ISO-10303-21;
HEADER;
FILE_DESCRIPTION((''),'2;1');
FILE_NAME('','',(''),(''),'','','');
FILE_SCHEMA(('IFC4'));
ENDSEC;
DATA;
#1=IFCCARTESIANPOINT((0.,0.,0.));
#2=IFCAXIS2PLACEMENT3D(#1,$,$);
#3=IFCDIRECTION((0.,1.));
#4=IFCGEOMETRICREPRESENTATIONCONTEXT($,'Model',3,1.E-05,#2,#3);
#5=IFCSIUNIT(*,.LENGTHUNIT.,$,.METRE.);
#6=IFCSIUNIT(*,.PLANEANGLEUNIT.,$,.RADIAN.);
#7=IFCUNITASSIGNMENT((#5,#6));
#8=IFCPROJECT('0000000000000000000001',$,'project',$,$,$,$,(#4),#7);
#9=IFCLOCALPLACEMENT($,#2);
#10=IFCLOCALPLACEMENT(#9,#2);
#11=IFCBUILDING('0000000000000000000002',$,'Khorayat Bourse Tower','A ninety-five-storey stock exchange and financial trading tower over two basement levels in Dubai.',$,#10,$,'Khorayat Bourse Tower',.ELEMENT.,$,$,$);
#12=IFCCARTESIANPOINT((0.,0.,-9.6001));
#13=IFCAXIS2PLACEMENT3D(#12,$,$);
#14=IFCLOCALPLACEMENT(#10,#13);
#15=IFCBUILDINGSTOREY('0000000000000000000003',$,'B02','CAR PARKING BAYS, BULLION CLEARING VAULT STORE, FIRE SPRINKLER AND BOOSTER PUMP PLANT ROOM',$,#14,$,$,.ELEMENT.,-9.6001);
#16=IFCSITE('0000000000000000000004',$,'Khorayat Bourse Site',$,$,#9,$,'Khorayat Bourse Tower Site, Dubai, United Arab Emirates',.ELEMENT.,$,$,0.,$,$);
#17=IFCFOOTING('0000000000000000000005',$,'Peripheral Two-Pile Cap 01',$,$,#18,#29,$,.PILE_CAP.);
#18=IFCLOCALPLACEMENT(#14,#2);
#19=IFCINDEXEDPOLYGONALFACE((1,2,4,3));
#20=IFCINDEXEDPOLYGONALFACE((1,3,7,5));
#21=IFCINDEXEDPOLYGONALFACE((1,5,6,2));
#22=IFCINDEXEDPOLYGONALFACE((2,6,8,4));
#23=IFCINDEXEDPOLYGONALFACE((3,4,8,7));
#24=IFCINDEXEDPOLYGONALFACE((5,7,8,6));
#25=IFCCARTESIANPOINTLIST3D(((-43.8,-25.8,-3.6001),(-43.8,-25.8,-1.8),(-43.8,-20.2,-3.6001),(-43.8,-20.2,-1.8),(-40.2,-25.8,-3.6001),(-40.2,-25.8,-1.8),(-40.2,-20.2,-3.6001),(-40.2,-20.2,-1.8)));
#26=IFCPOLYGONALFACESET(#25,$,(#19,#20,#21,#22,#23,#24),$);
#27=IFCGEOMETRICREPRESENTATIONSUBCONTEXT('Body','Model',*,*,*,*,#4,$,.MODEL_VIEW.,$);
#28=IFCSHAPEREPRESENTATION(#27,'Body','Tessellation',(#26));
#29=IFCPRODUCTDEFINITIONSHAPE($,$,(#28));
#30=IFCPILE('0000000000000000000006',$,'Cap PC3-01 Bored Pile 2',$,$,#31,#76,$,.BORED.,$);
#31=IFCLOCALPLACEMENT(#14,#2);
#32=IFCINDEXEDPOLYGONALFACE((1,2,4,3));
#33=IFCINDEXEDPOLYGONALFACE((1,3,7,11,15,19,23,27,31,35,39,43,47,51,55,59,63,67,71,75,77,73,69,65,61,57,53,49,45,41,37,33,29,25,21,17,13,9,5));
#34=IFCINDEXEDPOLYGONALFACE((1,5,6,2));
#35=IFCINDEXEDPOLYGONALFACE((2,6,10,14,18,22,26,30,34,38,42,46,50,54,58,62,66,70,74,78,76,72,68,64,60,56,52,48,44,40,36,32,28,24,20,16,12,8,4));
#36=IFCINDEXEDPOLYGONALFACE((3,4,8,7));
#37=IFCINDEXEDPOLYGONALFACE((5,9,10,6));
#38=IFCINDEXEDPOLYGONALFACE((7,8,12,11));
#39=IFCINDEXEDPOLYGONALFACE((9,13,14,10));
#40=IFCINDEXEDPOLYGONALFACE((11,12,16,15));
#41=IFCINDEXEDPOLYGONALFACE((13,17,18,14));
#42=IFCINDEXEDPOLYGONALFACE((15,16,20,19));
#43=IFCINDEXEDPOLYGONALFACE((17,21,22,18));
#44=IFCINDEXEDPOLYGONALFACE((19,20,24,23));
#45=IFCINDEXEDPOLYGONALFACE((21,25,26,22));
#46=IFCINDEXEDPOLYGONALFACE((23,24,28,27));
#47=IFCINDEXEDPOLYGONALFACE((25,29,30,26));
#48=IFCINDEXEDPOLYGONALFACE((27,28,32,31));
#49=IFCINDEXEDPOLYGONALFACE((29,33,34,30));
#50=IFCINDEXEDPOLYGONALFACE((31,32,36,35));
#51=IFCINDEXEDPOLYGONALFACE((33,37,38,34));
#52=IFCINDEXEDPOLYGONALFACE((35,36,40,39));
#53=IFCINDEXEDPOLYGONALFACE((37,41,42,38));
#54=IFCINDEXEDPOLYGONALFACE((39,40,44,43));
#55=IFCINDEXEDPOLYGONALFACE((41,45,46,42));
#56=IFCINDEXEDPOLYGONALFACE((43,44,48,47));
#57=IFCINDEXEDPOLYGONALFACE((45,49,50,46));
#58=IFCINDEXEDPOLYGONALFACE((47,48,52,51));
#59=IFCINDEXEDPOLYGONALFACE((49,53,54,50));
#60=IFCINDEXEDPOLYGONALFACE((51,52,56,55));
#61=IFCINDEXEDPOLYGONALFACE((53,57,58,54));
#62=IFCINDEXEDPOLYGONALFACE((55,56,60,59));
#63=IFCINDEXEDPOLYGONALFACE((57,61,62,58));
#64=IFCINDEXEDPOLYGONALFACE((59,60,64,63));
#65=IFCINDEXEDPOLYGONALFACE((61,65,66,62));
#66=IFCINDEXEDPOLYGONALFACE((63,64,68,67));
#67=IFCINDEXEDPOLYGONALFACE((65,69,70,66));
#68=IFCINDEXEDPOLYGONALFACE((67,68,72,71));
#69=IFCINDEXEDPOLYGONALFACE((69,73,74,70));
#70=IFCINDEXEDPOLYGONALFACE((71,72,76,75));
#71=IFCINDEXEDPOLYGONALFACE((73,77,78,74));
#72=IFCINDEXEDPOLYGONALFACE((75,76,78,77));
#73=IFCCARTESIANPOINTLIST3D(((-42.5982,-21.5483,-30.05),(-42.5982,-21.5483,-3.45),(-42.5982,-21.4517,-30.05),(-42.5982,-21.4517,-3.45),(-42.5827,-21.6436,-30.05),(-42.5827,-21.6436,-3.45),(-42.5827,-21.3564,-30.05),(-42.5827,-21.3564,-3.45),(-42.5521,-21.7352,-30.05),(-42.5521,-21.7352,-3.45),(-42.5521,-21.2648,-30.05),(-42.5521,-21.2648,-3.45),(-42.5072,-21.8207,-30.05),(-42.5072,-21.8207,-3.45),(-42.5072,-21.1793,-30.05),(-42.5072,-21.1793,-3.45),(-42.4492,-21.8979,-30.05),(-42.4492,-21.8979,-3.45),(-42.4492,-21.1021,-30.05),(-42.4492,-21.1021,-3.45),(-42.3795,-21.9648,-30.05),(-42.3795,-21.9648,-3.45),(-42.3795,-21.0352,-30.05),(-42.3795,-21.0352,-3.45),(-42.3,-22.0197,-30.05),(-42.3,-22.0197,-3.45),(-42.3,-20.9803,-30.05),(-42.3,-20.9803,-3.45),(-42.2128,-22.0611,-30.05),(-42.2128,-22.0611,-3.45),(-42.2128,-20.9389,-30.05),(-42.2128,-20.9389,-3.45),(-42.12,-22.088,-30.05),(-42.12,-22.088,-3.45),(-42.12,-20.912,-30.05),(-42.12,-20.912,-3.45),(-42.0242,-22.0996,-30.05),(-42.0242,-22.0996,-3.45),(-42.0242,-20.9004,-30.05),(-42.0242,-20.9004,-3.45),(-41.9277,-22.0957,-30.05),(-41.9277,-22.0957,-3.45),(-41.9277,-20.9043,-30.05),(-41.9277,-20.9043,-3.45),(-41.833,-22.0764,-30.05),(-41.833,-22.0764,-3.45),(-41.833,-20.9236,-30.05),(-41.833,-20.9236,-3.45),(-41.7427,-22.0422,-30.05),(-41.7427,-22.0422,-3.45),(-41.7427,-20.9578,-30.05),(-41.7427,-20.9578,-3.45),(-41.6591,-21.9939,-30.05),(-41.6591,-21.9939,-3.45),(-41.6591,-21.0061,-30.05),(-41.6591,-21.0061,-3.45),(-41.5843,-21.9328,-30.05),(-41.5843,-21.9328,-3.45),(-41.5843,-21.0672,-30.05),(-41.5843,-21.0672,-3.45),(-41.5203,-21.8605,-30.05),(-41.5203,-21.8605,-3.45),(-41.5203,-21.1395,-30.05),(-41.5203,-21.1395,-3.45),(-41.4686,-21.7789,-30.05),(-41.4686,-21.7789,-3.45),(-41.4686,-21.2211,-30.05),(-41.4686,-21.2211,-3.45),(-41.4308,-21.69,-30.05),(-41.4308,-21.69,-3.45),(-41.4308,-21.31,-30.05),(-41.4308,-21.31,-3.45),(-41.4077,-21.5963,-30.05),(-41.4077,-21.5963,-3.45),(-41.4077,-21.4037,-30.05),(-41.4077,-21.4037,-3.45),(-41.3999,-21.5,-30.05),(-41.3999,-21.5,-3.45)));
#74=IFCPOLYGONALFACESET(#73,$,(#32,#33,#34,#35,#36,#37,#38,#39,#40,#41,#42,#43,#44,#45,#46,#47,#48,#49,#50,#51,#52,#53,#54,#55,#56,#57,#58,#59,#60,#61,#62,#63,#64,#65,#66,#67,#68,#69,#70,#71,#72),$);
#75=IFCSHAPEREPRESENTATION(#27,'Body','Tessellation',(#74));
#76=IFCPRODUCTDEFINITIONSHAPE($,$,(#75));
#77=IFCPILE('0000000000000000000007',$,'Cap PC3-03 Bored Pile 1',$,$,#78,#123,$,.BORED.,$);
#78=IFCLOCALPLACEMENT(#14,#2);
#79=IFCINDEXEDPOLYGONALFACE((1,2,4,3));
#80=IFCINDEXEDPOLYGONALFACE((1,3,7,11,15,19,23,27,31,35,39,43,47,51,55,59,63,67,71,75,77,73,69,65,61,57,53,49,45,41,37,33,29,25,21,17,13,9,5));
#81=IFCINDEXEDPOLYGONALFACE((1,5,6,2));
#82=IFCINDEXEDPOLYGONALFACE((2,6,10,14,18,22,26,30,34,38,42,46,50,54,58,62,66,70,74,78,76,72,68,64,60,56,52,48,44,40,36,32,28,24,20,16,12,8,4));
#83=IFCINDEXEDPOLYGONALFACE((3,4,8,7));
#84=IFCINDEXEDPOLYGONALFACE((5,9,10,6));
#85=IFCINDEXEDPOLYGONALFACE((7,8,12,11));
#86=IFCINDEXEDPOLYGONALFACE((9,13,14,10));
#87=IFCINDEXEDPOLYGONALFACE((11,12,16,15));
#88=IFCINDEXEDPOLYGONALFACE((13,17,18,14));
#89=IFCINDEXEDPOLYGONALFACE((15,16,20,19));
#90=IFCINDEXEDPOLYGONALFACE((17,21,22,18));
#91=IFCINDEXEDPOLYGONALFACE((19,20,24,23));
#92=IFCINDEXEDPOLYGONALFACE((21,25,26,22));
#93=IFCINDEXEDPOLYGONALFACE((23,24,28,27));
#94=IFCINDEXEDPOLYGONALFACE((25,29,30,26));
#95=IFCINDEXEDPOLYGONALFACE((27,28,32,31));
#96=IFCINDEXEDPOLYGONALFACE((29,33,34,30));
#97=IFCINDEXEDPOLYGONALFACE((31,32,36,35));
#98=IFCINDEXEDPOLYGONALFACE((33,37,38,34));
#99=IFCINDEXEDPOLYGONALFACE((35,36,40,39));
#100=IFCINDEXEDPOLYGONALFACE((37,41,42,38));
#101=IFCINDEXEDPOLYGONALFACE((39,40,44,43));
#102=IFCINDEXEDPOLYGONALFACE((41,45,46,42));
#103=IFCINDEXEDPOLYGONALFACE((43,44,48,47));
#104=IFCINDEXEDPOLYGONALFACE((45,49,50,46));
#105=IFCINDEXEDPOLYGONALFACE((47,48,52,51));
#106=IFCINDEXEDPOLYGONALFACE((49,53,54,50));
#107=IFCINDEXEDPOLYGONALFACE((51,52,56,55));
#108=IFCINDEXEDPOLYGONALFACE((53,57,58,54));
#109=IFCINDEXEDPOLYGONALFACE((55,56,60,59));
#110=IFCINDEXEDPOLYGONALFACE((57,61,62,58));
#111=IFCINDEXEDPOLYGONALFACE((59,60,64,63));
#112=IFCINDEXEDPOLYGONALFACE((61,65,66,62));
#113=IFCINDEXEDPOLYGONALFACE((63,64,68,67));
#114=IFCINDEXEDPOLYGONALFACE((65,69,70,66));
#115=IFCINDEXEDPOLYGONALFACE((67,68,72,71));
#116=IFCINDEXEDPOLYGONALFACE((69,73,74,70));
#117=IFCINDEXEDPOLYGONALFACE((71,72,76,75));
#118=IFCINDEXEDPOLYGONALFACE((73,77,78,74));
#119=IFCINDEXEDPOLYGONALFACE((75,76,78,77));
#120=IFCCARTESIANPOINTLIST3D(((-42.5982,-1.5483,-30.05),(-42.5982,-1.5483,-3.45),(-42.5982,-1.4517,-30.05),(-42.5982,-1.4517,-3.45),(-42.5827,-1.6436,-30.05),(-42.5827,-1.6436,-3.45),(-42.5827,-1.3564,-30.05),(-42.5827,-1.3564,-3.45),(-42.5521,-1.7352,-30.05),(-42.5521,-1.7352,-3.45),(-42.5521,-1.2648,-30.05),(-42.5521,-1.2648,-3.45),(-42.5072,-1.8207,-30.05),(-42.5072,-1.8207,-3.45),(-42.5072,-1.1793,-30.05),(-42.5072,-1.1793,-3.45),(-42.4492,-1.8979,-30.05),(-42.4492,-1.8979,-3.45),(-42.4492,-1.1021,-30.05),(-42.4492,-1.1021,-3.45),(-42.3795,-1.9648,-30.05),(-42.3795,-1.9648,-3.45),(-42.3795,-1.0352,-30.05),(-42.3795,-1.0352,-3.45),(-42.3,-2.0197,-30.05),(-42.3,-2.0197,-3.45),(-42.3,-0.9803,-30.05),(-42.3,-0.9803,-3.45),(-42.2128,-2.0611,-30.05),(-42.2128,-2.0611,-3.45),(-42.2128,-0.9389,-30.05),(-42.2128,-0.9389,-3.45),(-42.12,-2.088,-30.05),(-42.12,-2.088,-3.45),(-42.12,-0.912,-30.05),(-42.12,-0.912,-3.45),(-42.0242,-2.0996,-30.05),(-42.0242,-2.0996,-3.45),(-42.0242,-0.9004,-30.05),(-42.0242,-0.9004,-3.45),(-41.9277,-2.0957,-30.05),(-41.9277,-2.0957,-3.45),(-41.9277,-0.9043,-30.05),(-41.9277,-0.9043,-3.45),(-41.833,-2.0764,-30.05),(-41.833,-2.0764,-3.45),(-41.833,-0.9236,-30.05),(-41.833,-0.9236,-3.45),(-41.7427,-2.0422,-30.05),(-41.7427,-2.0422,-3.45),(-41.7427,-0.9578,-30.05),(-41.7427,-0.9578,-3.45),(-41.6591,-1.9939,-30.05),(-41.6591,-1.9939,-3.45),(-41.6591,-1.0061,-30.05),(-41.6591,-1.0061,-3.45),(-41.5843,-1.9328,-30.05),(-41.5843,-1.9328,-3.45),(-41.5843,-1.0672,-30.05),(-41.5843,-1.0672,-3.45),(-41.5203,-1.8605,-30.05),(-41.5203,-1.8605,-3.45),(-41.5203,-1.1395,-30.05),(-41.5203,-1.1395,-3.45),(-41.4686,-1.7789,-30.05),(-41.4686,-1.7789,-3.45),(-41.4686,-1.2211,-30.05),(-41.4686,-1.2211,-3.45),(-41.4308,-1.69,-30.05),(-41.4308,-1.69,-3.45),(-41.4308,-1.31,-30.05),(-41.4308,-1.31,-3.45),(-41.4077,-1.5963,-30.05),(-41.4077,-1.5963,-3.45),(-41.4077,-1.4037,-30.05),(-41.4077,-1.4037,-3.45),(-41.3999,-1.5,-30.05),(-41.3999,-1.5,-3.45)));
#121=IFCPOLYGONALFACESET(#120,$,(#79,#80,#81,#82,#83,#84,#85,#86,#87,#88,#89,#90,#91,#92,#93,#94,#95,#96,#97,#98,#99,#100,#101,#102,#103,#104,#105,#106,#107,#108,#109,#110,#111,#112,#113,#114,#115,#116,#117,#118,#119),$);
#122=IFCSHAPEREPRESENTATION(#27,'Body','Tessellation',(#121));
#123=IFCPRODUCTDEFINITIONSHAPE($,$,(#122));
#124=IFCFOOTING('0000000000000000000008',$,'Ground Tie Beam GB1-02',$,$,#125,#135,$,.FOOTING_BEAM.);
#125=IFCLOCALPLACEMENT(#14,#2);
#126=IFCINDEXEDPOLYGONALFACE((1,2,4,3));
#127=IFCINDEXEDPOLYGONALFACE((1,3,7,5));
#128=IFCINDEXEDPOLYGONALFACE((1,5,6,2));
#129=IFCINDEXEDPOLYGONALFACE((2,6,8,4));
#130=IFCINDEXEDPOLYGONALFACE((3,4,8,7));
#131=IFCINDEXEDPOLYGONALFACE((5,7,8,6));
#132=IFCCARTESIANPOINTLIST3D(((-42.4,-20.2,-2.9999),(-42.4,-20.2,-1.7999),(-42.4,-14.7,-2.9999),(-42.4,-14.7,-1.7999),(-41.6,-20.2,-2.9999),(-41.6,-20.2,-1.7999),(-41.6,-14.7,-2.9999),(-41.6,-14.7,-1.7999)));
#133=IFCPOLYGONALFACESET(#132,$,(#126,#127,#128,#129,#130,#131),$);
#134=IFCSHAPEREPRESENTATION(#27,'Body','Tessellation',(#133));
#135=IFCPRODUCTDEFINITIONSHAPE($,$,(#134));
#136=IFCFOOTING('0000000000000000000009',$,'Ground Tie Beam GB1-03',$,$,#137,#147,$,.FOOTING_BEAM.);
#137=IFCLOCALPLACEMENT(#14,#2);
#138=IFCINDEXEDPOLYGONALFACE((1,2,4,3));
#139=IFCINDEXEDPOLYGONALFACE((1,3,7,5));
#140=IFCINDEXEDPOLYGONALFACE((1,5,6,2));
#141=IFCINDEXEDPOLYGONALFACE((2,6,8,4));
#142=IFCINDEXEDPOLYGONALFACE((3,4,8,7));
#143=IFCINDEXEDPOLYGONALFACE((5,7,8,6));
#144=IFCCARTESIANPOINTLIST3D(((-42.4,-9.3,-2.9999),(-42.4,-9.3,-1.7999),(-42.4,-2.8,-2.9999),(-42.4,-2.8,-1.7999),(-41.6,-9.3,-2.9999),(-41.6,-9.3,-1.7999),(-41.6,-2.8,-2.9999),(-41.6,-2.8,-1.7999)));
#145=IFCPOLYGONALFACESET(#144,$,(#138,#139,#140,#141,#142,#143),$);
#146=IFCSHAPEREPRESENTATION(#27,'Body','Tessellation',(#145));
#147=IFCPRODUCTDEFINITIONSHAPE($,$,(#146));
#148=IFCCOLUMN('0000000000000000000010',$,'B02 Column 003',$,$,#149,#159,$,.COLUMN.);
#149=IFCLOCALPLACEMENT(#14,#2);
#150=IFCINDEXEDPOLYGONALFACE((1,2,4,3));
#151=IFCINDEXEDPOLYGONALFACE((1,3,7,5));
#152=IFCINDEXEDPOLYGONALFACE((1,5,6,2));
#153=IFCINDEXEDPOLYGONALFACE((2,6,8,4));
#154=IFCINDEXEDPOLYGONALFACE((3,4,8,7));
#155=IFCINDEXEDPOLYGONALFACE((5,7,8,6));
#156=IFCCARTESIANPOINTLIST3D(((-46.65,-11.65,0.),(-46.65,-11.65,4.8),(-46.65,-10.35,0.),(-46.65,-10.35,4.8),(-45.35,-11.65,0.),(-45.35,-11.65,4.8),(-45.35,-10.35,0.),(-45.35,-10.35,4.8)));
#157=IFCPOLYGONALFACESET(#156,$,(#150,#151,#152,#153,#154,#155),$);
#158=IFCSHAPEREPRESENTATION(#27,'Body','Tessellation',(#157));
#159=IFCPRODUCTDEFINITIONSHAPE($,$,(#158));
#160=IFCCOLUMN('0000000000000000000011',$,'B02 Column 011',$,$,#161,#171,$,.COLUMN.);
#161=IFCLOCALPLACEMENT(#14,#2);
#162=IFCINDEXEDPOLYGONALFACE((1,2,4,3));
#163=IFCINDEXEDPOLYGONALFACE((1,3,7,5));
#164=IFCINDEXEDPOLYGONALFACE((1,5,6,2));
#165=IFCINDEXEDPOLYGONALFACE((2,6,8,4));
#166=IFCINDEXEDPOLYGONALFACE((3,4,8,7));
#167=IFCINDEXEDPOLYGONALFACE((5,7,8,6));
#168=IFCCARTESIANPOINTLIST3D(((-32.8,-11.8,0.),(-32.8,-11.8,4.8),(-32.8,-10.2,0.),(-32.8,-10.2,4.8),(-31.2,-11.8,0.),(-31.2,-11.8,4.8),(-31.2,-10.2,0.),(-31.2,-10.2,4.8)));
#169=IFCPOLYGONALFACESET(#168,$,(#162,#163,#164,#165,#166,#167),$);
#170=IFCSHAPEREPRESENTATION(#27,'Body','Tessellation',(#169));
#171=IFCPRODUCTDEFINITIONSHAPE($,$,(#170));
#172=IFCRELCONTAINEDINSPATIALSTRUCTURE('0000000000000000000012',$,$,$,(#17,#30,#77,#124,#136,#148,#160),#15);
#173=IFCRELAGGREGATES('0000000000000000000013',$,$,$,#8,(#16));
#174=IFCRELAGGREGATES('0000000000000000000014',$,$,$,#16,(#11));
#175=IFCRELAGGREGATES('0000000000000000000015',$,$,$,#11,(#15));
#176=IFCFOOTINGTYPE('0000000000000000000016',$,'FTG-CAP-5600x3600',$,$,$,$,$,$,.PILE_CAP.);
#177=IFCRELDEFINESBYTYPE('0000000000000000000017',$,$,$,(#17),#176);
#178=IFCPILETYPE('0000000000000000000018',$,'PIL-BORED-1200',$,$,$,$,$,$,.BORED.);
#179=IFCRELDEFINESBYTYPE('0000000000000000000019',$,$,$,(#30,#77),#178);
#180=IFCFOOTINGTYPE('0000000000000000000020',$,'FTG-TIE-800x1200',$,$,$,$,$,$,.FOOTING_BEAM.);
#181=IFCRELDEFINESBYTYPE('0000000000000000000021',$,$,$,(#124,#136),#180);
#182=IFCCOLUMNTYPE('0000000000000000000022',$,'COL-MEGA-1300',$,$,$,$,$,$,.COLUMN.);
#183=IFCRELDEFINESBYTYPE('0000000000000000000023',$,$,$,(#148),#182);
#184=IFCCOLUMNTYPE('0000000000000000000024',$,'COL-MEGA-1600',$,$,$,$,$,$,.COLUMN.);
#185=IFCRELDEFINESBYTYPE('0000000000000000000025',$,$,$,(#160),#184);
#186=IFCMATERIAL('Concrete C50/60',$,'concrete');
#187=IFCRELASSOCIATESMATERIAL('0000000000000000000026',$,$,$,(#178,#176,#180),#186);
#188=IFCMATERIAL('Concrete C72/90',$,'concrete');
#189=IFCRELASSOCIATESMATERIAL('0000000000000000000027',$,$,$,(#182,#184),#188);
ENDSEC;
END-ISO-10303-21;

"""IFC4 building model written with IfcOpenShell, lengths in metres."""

from ifc_helpers import new_model, si_unit, direction, frame, origin, origin_2d, place, context, subcontext, project, spatial, rectangle, circle, extrude, source, transform, mapped, material, material_profile, profile_set, type_object, element, save


model = new_model("IFC4")

# Units and contexts
model_context = context("Model", 3, precision=1e-05, world=origin(), true_north=direction((0.0, 1.0)))
body_context = subcontext(model_context, "Body", "Model", "MODEL_VIEW")
ifc_project = project(units=[si_unit("LENGTHUNIT", "METRE"), si_unit("PLANEANGLEUNIT", "RADIAN")], contexts=[model_context])

# Site, building, storey
site_placement = place(None, origin())
site = spatial("IfcSite", under=ifc_project, at=site_placement, Name="Khorayat Bourse Site", LongName="Khorayat Bourse Tower Site, Dubai, United Arab Emirates", CompositionType="ELEMENT", RefElevation=0.0)
building_placement = place(site_placement, origin())
building = spatial("IfcBuilding", under=site, at=building_placement, Name="Khorayat Bourse Tower", Description="A ninety-five-storey stock exchange and financial trading tower over two basement levels in Dubai.", LongName="Khorayat Bourse Tower", CompositionType="ELEMENT")
storey_placement = place(building_placement, frame((0.0, 0.0, -9.6001)))
storey = spatial("IfcBuildingStorey", under=building, at=storey_placement, Name="B02", Description="CAR PARKING BAYS, BULLION CLEARING VAULT STORE, FIRE SPRINKLER AND BOOSTER PUMP PLANT ROOM", CompositionType="ELEMENT", Elevation=-9.6001)

# Shared definitions
ifc_material_1 = material(Name="Concrete C50/60", Category="concrete")

# Shared definitions
ifc_material_profile_1 = material_profile(ifc_material_1, circle(Radius=0.6001, at=origin_2d()), Name="BORED PILE D1200")
ifc_profile_set_1 = profile_set([ifc_material_profile_1], Name="Concrete C50/60")
pile_type_1 = type_object("IfcPileType", Name="PIL-BORED-1200", PredefinedType="BORED", material=ifc_profile_set_1)

# Footing
footing_type_1 = type_object("IfcFootingType", Name="FTG-CAP-5600x3600", PredefinedType="PILE_CAP", material=ifc_material_1)
shared_shape_1 = source(origin(), body_context, "Body", "SweptSolid", [
    extrude(rectangle(XDim=3.6001, YDim=5.6001, at=origin_2d()), origin(), (0.0, 0.0, 1.0), 1.8),
])
footing_1_placement = place(storey_placement, frame((-42.0, -23.0, -3.6001), z_axis=(0.0, 0.0, 1.0), x_axis=(1.0, 0.0, 0.0)))
element("IfcFooting", 1, at=footing_1_placement, inside=storey, type_object=footing_type_1, Name="Peripheral Two-Pile Cap 01", PredefinedType="PILE_CAP", context=body_context, shape_type="MappedRepresentation", body=[
    mapped(shared_shape_1, transform((0.0, 0.0, 0.0), scale=1.0)),
])

# Piles
shared_shape_2 = source(origin(), body_context, "Body", "SweptSolid", [
    extrude(circle(Radius=0.6001, at=origin_2d()), origin(), (0.0, 0.0, 1.0), 26.6001),
])
for number, where, z_axis, x_axis, name in (
    (2, (-42.0, -21.5, -3.45), (0.0, 0.0, -1.0), (1.0, 0.0, 0.0), "Cap PC3-01 Bored Pile 2"),
    (3, (-42.0, -1.5, -3.45), (0.0, 0.0, -1.0), (1.0, 0.0, 0.0), "Cap PC3-03 Bored Pile 1"),
):
    element("IfcPile", number, at=place(storey_placement, frame(where, z_axis=z_axis, x_axis=x_axis)), inside=storey, type_object=pile_type_1, Name=name, PredefinedType="BORED", context=body_context, shape_type="MappedRepresentation", body=[
        mapped(shared_shape_2, transform((0.0, 0.0, 0.0), scale=1.0)),
    ])

# Footings
ifc_material_profile_2 = material_profile(ifc_material_1, rectangle(XDim=0.8, YDim=1.2, at=origin_2d()), Name="RC 800x1200")
ifc_profile_set_2 = profile_set([ifc_material_profile_2], Name="Concrete C50/60")
footing_type_2 = type_object("IfcFootingType", Name="FTG-TIE-800x1200", PredefinedType="FOOTING_BEAM", material=ifc_profile_set_2)
shared_shape_3 = source(origin(), body_context, "Body", "SweptSolid", [
    extrude(rectangle(XDim=0.8, YDim=1.2, at=origin_2d()), origin(), (0.0, 0.0, 1.0), 5.5),
])
footing_2_placement = place(storey_placement, frame((-42.0, -20.2, -2.3999), z_axis=(0.0, 1.0, 0.0), x_axis=(-1.0, 0.0, 0.0)))
element("IfcFooting", 4, at=footing_2_placement, inside=storey, type_object=footing_type_2, Name="Ground Tie Beam GB1-02", PredefinedType="FOOTING_BEAM", context=body_context, shape_type="MappedRepresentation", body=[
    mapped(shared_shape_3, transform((0.0, 0.0, 0.0), scale=1.0)),
])
shared_shape_4 = source(origin(), body_context, "Body", "SweptSolid", [
    extrude(rectangle(XDim=0.8, YDim=1.2, at=origin_2d()), origin(), (0.0, 0.0, 1.0), 6.5),
])
footing_3_placement = place(storey_placement, frame((-42.0, -9.3, -2.3999), z_axis=(0.0, 1.0, 0.0), x_axis=(-1.0, 0.0, 0.0)))
element("IfcFooting", 5, at=footing_3_placement, inside=storey, type_object=footing_type_2, Name="Ground Tie Beam GB1-03", PredefinedType="FOOTING_BEAM", context=body_context, shape_type="MappedRepresentation", body=[
    mapped(shared_shape_4, transform((0.0, 0.0, 0.0), scale=1.0)),
])

# Columns
ifc_material_2 = material(Name="Concrete C72/90", Category="concrete")
ifc_material_profile_3 = material_profile(ifc_material_2, rectangle(XDim=1.3, YDim=1.3, at=origin_2d()), Name="RC 1300x1300")
ifc_profile_set_3 = profile_set([ifc_material_profile_3], Name="Concrete C72/90")
column_type_1 = type_object("IfcColumnType", Name="COL-MEGA-1300", PredefinedType="COLUMN", material=ifc_profile_set_3)
shared_shape_5 = source(origin(), body_context, "Body", "SweptSolid", [
    extrude(rectangle(XDim=1.3, YDim=1.3, at=origin_2d()), origin(), (0.0, 0.0, 1.0), 4.8),
])
column_1_placement = place(storey_placement, frame((-46.0, -11.0, 0.0), z_axis=(0.0, 0.0, 1.0), x_axis=(1.0, 0.0, 0.0)))
element("IfcColumn", 6, at=column_1_placement, inside=storey, type_object=column_type_1, Name="B02 Column 003", PredefinedType="COLUMN", context=body_context, shape_type="MappedRepresentation", body=[
    mapped(shared_shape_5, transform((0.0, 0.0, 0.0), scale=1.0)),
])
ifc_material_profile_4 = material_profile(ifc_material_2, rectangle(XDim=1.6001, YDim=1.6001, at=origin_2d()), Name="RC 1600x1600")
ifc_profile_set_4 = profile_set([ifc_material_profile_4], Name="Concrete C72/90")
column_type_2 = type_object("IfcColumnType", Name="COL-MEGA-1600", PredefinedType="COLUMN", material=ifc_profile_set_4)
shared_shape_6 = source(origin(), body_context, "Body", "SweptSolid", [
    extrude(rectangle(XDim=1.6001, YDim=1.6001, at=origin_2d()), origin(), (0.0, 0.0, 1.0), 4.8),
])
column_2_placement = place(storey_placement, frame((-32.0, -11.0, 0.0), z_axis=(0.0, 0.0, 1.0), x_axis=(1.0, 0.0, 0.0)))
element("IfcColumn", 7, at=column_2_placement, inside=storey, type_object=column_type_2, Name="B02 Column 011", PredefinedType="COLUMN", context=body_context, shape_type="MappedRepresentation", body=[
    mapped(shared_shape_6, transform((0.0, 0.0, 0.0), scale=1.0)),
])

save(model, "model.ifc")
